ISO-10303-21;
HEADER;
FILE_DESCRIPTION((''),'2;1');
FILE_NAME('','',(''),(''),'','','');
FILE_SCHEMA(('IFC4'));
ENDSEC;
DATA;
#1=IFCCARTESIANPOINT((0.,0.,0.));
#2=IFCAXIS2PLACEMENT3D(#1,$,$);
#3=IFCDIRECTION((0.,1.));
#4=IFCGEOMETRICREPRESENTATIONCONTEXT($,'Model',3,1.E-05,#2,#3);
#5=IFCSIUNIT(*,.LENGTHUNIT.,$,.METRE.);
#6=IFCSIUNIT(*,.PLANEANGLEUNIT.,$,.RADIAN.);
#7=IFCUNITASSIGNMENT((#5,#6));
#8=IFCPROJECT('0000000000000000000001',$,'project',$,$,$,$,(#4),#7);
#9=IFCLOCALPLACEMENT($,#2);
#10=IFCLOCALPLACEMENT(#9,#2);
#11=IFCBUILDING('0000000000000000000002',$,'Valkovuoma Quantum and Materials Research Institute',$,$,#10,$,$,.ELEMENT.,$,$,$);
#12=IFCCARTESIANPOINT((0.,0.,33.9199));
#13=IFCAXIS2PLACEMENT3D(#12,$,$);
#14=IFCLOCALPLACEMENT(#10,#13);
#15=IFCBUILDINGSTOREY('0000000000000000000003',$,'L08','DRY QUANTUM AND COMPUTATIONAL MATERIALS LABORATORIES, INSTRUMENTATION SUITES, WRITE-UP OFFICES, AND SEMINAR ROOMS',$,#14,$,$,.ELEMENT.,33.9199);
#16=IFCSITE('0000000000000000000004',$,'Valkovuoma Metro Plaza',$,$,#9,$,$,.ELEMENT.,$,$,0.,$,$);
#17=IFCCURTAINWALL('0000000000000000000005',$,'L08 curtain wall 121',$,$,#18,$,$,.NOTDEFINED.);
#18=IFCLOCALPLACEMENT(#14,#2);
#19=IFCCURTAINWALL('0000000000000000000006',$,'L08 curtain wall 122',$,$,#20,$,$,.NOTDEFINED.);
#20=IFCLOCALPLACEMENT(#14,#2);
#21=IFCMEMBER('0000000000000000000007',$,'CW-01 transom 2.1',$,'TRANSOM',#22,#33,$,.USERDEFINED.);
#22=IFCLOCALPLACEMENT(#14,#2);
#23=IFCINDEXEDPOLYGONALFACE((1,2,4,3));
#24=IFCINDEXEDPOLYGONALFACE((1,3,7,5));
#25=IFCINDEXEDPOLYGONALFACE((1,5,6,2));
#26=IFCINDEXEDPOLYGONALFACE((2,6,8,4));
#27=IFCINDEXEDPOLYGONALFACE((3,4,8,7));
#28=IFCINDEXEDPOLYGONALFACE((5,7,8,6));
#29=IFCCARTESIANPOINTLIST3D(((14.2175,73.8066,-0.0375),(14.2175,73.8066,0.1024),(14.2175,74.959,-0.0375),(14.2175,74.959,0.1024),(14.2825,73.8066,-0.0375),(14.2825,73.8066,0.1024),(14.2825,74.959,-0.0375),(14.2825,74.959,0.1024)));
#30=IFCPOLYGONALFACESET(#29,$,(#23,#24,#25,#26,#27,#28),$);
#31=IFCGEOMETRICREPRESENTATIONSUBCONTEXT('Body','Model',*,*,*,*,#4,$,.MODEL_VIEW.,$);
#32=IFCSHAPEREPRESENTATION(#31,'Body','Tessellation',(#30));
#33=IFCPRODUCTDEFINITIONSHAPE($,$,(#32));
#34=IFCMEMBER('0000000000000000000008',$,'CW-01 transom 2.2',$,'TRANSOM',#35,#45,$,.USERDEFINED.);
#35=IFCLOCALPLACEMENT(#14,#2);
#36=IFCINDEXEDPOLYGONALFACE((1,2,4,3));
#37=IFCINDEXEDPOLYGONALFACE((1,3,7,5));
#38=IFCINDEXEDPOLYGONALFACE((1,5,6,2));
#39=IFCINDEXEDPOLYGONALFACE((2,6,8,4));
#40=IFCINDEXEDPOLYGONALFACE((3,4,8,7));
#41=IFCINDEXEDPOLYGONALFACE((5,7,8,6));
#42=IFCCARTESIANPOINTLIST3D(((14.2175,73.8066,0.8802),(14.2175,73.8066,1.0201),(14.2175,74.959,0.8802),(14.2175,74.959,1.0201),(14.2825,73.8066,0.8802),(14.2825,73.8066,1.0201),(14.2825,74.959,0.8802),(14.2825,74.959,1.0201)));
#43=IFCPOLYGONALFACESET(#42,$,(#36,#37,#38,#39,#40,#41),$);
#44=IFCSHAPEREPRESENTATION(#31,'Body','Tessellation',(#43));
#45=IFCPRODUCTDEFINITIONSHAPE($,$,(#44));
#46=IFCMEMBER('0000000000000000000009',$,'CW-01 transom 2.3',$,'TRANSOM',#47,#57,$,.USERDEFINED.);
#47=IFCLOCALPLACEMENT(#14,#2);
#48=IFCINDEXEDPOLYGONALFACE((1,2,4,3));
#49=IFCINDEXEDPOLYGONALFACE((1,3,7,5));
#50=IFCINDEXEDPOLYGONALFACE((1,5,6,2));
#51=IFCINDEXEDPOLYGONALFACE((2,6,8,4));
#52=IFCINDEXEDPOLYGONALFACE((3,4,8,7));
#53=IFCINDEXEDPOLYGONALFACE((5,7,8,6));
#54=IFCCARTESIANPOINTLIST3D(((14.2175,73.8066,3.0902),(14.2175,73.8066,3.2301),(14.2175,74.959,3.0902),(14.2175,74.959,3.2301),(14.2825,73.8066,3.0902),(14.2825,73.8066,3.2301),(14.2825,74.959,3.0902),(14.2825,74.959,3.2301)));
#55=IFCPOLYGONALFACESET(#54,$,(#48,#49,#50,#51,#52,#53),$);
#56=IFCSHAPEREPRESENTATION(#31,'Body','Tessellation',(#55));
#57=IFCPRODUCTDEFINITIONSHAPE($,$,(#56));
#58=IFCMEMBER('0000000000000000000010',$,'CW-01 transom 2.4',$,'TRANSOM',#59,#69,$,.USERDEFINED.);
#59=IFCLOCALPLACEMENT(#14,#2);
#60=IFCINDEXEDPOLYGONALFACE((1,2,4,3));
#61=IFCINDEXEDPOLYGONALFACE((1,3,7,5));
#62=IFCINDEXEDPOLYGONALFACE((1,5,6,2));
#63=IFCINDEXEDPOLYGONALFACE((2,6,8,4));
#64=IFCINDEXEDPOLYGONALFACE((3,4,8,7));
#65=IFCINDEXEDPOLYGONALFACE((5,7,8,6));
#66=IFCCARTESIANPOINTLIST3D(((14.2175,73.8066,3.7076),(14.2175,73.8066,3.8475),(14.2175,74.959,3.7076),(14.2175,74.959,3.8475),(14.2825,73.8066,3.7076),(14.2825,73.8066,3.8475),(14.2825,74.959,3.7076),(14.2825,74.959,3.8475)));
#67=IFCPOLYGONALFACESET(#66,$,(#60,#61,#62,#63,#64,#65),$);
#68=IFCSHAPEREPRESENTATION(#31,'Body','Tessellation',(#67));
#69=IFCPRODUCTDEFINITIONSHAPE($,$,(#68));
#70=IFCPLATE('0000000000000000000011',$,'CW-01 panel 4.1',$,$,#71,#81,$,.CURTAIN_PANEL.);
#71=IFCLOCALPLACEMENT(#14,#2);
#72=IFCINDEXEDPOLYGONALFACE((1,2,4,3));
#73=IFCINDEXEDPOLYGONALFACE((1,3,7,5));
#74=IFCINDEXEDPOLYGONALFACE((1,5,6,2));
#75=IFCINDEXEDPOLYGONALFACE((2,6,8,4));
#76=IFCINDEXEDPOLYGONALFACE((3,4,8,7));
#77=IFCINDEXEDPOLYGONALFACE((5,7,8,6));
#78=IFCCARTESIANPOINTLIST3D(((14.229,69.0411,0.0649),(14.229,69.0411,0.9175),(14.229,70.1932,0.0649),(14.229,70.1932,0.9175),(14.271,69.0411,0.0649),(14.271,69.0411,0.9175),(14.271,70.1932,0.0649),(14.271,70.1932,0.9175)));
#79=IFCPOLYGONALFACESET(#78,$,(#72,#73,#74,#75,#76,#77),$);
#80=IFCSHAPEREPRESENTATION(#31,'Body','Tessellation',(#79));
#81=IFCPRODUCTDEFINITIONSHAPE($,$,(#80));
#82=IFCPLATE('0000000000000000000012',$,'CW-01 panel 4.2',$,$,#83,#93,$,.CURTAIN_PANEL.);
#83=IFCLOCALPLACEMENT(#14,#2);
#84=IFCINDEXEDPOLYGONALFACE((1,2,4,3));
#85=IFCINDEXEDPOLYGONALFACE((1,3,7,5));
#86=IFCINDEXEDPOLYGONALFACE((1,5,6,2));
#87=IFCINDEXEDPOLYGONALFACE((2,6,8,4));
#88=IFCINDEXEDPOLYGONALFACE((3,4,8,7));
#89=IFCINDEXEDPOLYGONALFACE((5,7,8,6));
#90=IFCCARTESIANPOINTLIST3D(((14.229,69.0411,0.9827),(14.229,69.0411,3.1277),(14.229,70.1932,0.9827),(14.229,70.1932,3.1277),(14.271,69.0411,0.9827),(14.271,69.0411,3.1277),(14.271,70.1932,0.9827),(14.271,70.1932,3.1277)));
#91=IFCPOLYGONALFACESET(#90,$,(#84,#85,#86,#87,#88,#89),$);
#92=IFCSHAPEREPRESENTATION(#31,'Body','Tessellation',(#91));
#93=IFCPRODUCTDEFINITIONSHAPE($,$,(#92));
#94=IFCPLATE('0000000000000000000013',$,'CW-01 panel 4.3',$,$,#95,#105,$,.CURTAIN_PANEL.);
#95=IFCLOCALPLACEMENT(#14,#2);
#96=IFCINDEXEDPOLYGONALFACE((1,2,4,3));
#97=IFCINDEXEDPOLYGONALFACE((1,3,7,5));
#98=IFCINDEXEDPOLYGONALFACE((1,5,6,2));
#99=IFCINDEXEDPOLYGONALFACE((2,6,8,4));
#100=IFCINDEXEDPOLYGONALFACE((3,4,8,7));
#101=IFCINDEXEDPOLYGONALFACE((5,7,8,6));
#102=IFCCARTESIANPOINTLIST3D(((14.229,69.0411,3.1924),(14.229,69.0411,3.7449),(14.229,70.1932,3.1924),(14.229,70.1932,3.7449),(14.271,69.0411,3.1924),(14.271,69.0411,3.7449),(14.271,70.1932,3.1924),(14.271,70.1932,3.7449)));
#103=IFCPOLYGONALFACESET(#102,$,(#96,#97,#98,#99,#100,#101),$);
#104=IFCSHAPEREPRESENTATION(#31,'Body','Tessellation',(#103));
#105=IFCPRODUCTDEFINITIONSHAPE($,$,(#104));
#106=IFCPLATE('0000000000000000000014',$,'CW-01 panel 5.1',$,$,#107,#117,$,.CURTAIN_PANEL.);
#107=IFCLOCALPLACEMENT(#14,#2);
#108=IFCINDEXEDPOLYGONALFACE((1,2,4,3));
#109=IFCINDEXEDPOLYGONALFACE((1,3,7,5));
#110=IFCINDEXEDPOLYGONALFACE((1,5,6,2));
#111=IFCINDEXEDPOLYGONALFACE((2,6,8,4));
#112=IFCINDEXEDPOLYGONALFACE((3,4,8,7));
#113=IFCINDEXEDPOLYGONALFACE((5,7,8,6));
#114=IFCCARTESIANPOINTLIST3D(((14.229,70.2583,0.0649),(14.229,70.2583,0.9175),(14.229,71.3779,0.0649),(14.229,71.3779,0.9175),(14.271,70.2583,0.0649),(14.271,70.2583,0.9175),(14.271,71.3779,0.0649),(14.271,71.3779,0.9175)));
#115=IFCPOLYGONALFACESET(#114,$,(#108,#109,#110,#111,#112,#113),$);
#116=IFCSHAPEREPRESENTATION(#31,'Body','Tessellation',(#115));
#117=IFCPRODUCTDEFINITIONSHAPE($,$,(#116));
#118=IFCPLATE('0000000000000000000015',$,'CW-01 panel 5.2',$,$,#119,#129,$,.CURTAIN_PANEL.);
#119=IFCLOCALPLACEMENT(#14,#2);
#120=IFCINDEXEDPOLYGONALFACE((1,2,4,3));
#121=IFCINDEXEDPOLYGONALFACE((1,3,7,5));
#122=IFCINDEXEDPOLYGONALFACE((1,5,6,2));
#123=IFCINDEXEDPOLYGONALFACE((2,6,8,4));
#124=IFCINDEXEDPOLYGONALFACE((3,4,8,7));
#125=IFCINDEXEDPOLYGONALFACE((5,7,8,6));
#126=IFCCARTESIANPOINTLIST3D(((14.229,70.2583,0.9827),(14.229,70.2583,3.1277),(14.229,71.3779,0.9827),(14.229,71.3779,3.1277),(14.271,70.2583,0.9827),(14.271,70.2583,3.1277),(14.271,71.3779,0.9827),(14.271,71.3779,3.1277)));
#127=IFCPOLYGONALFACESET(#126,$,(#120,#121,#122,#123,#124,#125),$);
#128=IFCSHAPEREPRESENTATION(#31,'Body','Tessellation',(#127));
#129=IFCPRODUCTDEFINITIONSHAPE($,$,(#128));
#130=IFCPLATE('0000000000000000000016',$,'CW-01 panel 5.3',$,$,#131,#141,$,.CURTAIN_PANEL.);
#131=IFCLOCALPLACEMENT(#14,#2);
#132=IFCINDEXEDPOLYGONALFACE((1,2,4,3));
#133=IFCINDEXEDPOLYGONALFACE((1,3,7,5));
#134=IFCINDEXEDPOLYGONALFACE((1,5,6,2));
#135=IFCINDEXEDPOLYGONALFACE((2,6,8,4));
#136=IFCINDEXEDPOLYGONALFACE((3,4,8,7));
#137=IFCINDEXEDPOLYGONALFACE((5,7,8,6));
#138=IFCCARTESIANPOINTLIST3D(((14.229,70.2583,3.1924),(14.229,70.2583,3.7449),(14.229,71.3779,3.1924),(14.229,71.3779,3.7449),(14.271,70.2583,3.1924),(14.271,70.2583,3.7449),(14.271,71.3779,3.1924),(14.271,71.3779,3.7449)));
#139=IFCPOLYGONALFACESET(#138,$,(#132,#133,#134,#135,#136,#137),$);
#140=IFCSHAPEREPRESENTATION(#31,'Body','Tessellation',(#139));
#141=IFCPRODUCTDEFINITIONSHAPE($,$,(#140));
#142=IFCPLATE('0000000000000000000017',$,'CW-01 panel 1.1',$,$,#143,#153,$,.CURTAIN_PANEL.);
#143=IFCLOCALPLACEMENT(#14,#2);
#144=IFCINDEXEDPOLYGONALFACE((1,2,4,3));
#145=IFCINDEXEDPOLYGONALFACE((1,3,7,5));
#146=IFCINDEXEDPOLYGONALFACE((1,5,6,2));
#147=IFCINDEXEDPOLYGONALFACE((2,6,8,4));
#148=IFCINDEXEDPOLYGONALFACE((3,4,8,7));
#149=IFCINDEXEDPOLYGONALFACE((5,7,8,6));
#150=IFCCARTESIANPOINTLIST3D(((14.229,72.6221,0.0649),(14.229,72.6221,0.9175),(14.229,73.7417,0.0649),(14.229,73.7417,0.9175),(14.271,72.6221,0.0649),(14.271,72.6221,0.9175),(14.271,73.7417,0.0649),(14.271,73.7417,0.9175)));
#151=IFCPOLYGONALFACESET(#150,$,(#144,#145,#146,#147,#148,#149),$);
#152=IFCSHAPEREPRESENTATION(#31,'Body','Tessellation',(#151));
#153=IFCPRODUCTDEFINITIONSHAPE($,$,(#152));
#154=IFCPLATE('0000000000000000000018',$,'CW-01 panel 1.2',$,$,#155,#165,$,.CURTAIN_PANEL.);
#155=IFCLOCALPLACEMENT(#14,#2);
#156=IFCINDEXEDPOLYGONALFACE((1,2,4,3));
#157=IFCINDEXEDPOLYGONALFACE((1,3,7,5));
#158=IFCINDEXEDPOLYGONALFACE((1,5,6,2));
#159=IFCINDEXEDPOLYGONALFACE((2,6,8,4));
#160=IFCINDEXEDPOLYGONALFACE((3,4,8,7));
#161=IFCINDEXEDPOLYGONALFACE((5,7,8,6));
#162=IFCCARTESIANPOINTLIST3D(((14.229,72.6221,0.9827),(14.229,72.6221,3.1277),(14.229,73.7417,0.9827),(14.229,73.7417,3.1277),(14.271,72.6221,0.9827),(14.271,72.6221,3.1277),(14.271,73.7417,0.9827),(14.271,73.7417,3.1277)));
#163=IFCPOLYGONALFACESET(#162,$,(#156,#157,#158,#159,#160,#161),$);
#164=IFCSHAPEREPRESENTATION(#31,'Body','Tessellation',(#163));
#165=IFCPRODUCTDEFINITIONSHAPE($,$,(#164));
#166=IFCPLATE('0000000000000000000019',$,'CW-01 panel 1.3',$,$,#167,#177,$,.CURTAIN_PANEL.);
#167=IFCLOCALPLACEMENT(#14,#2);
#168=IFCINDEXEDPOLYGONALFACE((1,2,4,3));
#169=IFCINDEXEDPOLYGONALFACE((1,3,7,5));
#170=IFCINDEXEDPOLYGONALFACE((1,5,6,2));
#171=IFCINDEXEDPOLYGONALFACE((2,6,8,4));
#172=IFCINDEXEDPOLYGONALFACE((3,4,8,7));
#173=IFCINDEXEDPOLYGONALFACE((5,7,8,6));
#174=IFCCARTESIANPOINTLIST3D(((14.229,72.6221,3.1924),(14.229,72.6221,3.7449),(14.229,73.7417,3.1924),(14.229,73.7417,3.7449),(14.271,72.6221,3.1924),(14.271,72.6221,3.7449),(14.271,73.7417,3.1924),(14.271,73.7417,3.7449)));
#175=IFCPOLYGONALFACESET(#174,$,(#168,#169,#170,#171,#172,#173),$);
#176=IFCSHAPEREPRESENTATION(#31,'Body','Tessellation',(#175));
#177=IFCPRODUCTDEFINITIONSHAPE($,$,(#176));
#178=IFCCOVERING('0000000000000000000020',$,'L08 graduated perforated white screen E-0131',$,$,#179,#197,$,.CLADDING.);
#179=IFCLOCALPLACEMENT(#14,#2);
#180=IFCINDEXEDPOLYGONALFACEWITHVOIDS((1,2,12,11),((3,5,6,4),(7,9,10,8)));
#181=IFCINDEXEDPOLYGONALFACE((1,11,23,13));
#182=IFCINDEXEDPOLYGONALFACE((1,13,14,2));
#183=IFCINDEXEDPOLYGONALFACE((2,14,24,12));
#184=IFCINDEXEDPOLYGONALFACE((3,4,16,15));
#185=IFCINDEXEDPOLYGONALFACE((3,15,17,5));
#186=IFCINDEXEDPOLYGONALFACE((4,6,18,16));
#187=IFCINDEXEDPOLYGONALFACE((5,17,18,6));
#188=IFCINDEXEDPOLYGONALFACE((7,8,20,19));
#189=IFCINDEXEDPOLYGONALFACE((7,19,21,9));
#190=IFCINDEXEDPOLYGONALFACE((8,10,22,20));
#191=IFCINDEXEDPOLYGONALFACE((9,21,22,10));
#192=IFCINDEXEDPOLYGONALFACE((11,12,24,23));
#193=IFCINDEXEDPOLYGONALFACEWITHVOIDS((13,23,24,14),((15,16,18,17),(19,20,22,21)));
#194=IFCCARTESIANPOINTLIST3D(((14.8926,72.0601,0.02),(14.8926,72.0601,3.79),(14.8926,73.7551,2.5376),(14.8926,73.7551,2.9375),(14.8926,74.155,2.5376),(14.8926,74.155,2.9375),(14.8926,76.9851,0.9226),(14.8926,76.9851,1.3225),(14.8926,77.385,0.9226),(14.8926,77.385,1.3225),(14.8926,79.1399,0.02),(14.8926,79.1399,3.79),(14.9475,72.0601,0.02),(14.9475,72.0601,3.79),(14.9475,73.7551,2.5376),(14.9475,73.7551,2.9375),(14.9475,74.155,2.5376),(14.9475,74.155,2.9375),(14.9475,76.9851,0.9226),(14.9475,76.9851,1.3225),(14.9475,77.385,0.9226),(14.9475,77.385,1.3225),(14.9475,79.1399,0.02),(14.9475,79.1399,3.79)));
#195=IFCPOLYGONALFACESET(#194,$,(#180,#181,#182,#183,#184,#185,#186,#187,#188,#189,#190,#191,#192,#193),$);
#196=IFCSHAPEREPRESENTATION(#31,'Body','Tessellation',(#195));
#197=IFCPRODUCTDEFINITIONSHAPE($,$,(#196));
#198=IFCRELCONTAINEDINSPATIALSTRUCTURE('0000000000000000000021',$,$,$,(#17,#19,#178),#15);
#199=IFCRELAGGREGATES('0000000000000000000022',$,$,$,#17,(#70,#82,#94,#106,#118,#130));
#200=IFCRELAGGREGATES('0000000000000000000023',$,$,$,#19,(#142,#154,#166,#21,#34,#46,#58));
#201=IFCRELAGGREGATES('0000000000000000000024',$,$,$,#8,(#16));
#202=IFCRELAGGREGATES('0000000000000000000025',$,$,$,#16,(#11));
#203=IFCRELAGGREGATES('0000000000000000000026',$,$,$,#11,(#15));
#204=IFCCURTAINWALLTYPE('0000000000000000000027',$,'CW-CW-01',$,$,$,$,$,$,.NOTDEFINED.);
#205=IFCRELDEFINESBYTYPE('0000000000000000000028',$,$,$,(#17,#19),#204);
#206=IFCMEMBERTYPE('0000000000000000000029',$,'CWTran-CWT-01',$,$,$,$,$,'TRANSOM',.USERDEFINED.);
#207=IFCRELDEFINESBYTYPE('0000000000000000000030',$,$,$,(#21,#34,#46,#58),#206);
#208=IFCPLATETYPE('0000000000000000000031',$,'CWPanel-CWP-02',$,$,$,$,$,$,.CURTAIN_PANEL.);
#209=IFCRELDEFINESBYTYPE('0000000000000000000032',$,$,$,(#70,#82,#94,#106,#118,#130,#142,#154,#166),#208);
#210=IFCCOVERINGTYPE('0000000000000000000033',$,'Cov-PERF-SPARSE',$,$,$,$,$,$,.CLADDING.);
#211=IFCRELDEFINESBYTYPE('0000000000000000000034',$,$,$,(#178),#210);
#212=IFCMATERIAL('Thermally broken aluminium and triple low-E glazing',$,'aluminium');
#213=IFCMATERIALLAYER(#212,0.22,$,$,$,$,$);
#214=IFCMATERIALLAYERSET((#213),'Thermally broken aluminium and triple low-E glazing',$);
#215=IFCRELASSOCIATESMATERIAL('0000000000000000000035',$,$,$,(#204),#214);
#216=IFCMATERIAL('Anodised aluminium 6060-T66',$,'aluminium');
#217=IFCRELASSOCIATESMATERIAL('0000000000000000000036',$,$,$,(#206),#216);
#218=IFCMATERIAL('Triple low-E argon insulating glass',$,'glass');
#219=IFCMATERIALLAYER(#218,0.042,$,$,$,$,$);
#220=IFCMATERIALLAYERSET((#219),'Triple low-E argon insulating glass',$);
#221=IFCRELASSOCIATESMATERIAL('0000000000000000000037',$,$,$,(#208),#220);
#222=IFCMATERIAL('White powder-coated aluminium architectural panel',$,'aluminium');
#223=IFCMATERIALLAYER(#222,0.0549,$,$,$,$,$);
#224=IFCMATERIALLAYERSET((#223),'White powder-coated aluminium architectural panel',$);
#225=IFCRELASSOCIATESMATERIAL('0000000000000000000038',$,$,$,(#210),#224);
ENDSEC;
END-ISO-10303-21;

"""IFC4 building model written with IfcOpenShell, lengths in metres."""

from ifc_helpers import new_model, si_unit, direction, frame, origin, origin_2d, place, context, subcontext, project, spatial, polyline, rectangle, outline, extrude, material, layer, layer_set, material_profile, profile_set, type_object, element, aggregate, save


model = new_model("IFC4")

# Units and contexts
model_context = context("Model", 3, precision=1e-05, world=origin(), true_north=direction((0.0, 1.0)))
body_context = subcontext(model_context, "Body", "Model", "MODEL_VIEW")
ifc_project = project(units=[si_unit("LENGTHUNIT", "METRE"), si_unit("PLANEANGLEUNIT", "RADIAN")], contexts=[model_context])

# Site, building, storey
site_placement = place(None, origin())
site = spatial("IfcSite", under=ifc_project, at=site_placement, Name="Valkovuoma Metro Plaza", CompositionType="ELEMENT", RefElevation=0.0)
building_placement = place(site_placement, origin())
building = spatial("IfcBuilding", under=site, at=building_placement, Name="Valkovuoma Quantum and Materials Research Institute", CompositionType="ELEMENT")
storey_placement = place(building_placement, frame((0.0, 0.0, 33.9199)))
storey = spatial("IfcBuildingStorey", under=building, at=storey_placement, Name="L08", Description="DRY QUANTUM AND COMPUTATIONAL MATERIALS LABORATORIES, INSTRUMENTATION SUITES, WRITE-UP OFFICES, AND SEMINAR ROOMS", CompositionType="ELEMENT", Elevation=33.9199)

# Curtain walls
ifc_material_1 = material(Name="Thermally broken aluminium and triple low-E glazing", Category="aluminium")
ifc_layer_1 = layer(ifc_material_1, 0.22)
ifc_layer_set_1 = layer_set([ifc_layer_1], Name="Thermally broken aluminium and triple low-E glazing")
curtain_wall_type = type_object("IfcCurtainWallType", Name="CW-CW-01", PredefinedType="NOTDEFINED", material=ifc_layer_set_1)
curtain_wall_1_placement = place(storey_placement, origin())
curtain_wall_1 = element("IfcCurtainWall", 1, at=curtain_wall_1_placement, inside=storey, type_object=curtain_wall_type, Name="L08 curtain wall 121", PredefinedType="NOTDEFINED")
curtain_wall_2_placement = place(storey_placement, origin())
curtain_wall_2 = element("IfcCurtainWall", 2, at=curtain_wall_2_placement, inside=storey, type_object=curtain_wall_type, Name="L08 curtain wall 122", PredefinedType="NOTDEFINED")

# Members
ifc_material_2 = material(Name="Anodised aluminium 6060-T66", Category="aluminium")
ifc_material_profile_1 = material_profile(ifc_material_2, rectangle(XDim=0.0649, YDim=0.1399, at=origin_2d()), Name="Anodised aluminium 6060-T66")
ifc_profile_set_1 = profile_set([ifc_material_profile_1], Name="Anodised aluminium 6060-T66")
member_type_1 = type_object("IfcMemberType", Name="CWTran-CWT-01", ElementType="TRANSOM", PredefinedType="USERDEFINED", material=ifc_profile_set_1)
member_1_placement = place(storey_placement, frame((14.25, 73.8066, 0.0325), z_axis=(0.0, 1.0, 0.0), x_axis=(-1.0, 0.0, 0.0)))
member_1 = element("IfcMember", 3, at=member_1_placement, type_object=member_type_1, Name="CW-01 transom 2.1", ObjectType="TRANSOM", PredefinedType="USERDEFINED", context=body_context, shape_type="SweptSolid", body=[
    extrude(rectangle(XDim=0.0649, YDim=0.1399, at=origin_2d()), origin(), (0.0, 0.0, 1.0), 1.1523),
])
member_2_placement = place(storey_placement, frame((14.25, 73.8066, 0.9502), z_axis=(0.0, 1.0, 0.0), x_axis=(-1.0, 0.0, 0.0)))
member_2 = element("IfcMember", 4, at=member_2_placement, type_object=member_type_1, Name="CW-01 transom 2.2", ObjectType="TRANSOM", PredefinedType="USERDEFINED", context=body_context, shape_type="SweptSolid", body=[
    extrude(rectangle(XDim=0.0649, YDim=0.1399, at=origin_2d()), origin(), (0.0, 0.0, 1.0), 1.1523),
])
member_3_placement = place(storey_placement, frame((14.25, 73.8066, 3.1602), z_axis=(0.0, 1.0, 0.0), x_axis=(-1.0, 0.0, 0.0)))
member_3 = element("IfcMember", 5, at=member_3_placement, type_object=member_type_1, Name="CW-01 transom 2.3", ObjectType="TRANSOM", PredefinedType="USERDEFINED", context=body_context, shape_type="SweptSolid", body=[
    extrude(rectangle(XDim=0.0649, YDim=0.1399, at=origin_2d()), origin(), (0.0, 0.0, 1.0), 1.1523),
])
member_4_placement = place(storey_placement, frame((14.25, 73.8066, 3.7776), z_axis=(0.0, 1.0, 0.0), x_axis=(-1.0, 0.0, 0.0)))
member_4 = element("IfcMember", 6, at=member_4_placement, type_object=member_type_1, Name="CW-01 transom 2.4", ObjectType="TRANSOM", PredefinedType="USERDEFINED", context=body_context, shape_type="SweptSolid", body=[
    extrude(rectangle(XDim=0.0649, YDim=0.1399, at=origin_2d()), origin(), (0.0, 0.0, 1.0), 1.1523),
])

# Plates
ifc_material_3 = material(Name="Triple low-E argon insulating glass", Category="glass")
ifc_layer_2 = layer(ifc_material_3, 0.042)
ifc_layer_set_2 = layer_set([ifc_layer_2], Name="Triple low-E argon insulating glass")
plate_type = type_object("IfcPlateType", Name="CWPanel-CWP-02", PredefinedType="CURTAIN_PANEL", material=ifc_layer_set_2)
plate_1_placement = place(storey_placement, frame((14.25, 69.6172, 0.0649), z_axis=(0.0, 0.0, 1.0), x_axis=(0.0, 1.0, 0.0)))
plate_1 = element("IfcPlate", 7, at=plate_1_placement, type_object=plate_type, Name="CW-01 panel 4.1", PredefinedType="CURTAIN_PANEL", context=body_context, shape_type="SweptSolid", body=[
    extrude(rectangle(XDim=1.1521, YDim=0.042, at=origin_2d()), origin(), (0.0, 0.0, 1.0), 0.8525),
])
plate_2_placement = place(storey_placement, frame((14.25, 69.6172, 0.9827), z_axis=(0.0, 0.0, 1.0), x_axis=(0.0, 1.0, 0.0)))
plate_2 = element("IfcPlate", 8, at=plate_2_placement, type_object=plate_type, Name="CW-01 panel 4.2", PredefinedType="CURTAIN_PANEL", context=body_context, shape_type="SweptSolid", body=[
    extrude(rectangle(XDim=1.1521, YDim=0.042, at=origin_2d()), origin(), (0.0, 0.0, 1.0), 2.145),
])
plate_3_placement = place(storey_placement, frame((14.25, 69.6172, 3.1924), z_axis=(0.0, 0.0, 1.0), x_axis=(0.0, 1.0, 0.0)))
plate_3 = element("IfcPlate", 9, at=plate_3_placement, type_object=plate_type, Name="CW-01 panel 4.3", PredefinedType="CURTAIN_PANEL", context=body_context, shape_type="SweptSolid", body=[
    extrude(rectangle(XDim=1.1521, YDim=0.042, at=origin_2d()), origin(), (0.0, 0.0, 1.0), 0.5525),
])
plate_4_placement = place(storey_placement, frame((14.25, 70.8181, 0.0649), z_axis=(0.0, 0.0, 1.0), x_axis=(0.0, 1.0, 0.0)))
plate_4 = element("IfcPlate", 10, at=plate_4_placement, type_object=plate_type, Name="CW-01 panel 5.1", PredefinedType="CURTAIN_PANEL", context=body_context, shape_type="SweptSolid", body=[
    extrude(rectangle(XDim=1.1196, YDim=0.042, at=origin_2d()), origin(), (0.0, 0.0, 1.0), 0.8525),
])
plate_5_placement = place(storey_placement, frame((14.25, 70.8181, 0.9827), z_axis=(0.0, 0.0, 1.0), x_axis=(0.0, 1.0, 0.0)))
plate_5 = element("IfcPlate", 11, at=plate_5_placement, type_object=plate_type, Name="CW-01 panel 5.2", PredefinedType="CURTAIN_PANEL", context=body_context, shape_type="SweptSolid", body=[
    extrude(rectangle(XDim=1.1196, YDim=0.042, at=origin_2d()), origin(), (0.0, 0.0, 1.0), 2.145),
])
plate_6_placement = place(storey_placement, frame((14.25, 70.8181, 3.1924), z_axis=(0.0, 0.0, 1.0), x_axis=(0.0, 1.0, 0.0)))
plate_6 = element("IfcPlate", 12, at=plate_6_placement, type_object=plate_type, Name="CW-01 panel 5.3", PredefinedType="CURTAIN_PANEL", context=body_context, shape_type="SweptSolid", body=[
    extrude(rectangle(XDim=1.1196, YDim=0.042, at=origin_2d()), origin(), (0.0, 0.0, 1.0), 0.5525),
])
aggregate(curtain_wall_1, [plate_1, plate_2, plate_3, plate_4, plate_5, plate_6])
plate_7_placement = place(storey_placement, frame((14.25, 73.1819, 0.0649), z_axis=(0.0, 0.0, 1.0), x_axis=(0.0, 1.0, 0.0)))
plate_7 = element("IfcPlate", 13, at=plate_7_placement, type_object=plate_type, Name="CW-01 panel 1.1", PredefinedType="CURTAIN_PANEL", context=body_context, shape_type="SweptSolid", body=[
    extrude(rectangle(XDim=1.1196, YDim=0.042, at=origin_2d()), origin(), (0.0, 0.0, 1.0), 0.8525),
])
plate_8_placement = place(storey_placement, frame((14.25, 73.1819, 0.9827), z_axis=(0.0, 0.0, 1.0), x_axis=(0.0, 1.0, 0.0)))
plate_8 = element("IfcPlate", 14, at=plate_8_placement, type_object=plate_type, Name="CW-01 panel 1.2", PredefinedType="CURTAIN_PANEL", context=body_context, shape_type="SweptSolid", body=[
    extrude(rectangle(XDim=1.1196, YDim=0.042, at=origin_2d()), origin(), (0.0, 0.0, 1.0), 2.145),
])
plate_9_placement = place(storey_placement, frame((14.25, 73.1819, 3.1924), z_axis=(0.0, 0.0, 1.0), x_axis=(0.0, 1.0, 0.0)))
plate_9 = element("IfcPlate", 15, at=plate_9_placement, type_object=plate_type, Name="CW-01 panel 1.3", PredefinedType="CURTAIN_PANEL", context=body_context, shape_type="SweptSolid", body=[
    extrude(rectangle(XDim=1.1196, YDim=0.042, at=origin_2d()), origin(), (0.0, 0.0, 1.0), 0.5525),
])
aggregate(curtain_wall_2, [plate_7, plate_8, plate_9, member_1, member_2, member_3, member_4])

# Covering
ifc_material_4 = material(Name="White powder-coated aluminium architectural panel", Category="aluminium")
ifc_layer_3 = layer(ifc_material_4, 0.0549)
ifc_layer_set_3 = layer_set([ifc_layer_3], Name="White powder-coated aluminium architectural panel")
covering_type = type_object("IfcCoveringType", Name="Cov-PERF-SPARSE", PredefinedType="CLADDING", material=ifc_layer_set_3)
covering_placement = place(storey_placement, frame((14.9199, 72.0601, 0.02), z_axis=(0.0, 0.0, 1.0), x_axis=(0.0, 1.0, 0.0)))
element("IfcCovering", 16, at=covering_placement, inside=storey, type_object=covering_type, Name="L08 graduated perforated white screen E-0131", PredefinedType="CLADDING", context=body_context, shape_type="SweptSolid", body=[
    extrude(outline(polyline([(0.0, 0.0), (7.0798, 0.0), (7.0798, 3.77), (0.0, 3.77), (0.0, 0.0)]), holes=[polyline([(1.6951, 2.5176), (1.6951, 2.9175), (2.095, 2.9175), (2.095, 2.5176), (1.6951, 2.5176)]), polyline([(4.925, 0.9026), (4.925, 1.3025), (5.325, 1.3025), (5.325, 0.9026), (4.925, 0.9026)])]), frame((0.0, 0.0273, 0.0), z_axis=(0.0, -1.0, 0.0), x_axis=(1.0, 0.0, 0.0)), (0.0, 0.0, 1.0), 0.0549),
])

save(model, "model.ifc")
